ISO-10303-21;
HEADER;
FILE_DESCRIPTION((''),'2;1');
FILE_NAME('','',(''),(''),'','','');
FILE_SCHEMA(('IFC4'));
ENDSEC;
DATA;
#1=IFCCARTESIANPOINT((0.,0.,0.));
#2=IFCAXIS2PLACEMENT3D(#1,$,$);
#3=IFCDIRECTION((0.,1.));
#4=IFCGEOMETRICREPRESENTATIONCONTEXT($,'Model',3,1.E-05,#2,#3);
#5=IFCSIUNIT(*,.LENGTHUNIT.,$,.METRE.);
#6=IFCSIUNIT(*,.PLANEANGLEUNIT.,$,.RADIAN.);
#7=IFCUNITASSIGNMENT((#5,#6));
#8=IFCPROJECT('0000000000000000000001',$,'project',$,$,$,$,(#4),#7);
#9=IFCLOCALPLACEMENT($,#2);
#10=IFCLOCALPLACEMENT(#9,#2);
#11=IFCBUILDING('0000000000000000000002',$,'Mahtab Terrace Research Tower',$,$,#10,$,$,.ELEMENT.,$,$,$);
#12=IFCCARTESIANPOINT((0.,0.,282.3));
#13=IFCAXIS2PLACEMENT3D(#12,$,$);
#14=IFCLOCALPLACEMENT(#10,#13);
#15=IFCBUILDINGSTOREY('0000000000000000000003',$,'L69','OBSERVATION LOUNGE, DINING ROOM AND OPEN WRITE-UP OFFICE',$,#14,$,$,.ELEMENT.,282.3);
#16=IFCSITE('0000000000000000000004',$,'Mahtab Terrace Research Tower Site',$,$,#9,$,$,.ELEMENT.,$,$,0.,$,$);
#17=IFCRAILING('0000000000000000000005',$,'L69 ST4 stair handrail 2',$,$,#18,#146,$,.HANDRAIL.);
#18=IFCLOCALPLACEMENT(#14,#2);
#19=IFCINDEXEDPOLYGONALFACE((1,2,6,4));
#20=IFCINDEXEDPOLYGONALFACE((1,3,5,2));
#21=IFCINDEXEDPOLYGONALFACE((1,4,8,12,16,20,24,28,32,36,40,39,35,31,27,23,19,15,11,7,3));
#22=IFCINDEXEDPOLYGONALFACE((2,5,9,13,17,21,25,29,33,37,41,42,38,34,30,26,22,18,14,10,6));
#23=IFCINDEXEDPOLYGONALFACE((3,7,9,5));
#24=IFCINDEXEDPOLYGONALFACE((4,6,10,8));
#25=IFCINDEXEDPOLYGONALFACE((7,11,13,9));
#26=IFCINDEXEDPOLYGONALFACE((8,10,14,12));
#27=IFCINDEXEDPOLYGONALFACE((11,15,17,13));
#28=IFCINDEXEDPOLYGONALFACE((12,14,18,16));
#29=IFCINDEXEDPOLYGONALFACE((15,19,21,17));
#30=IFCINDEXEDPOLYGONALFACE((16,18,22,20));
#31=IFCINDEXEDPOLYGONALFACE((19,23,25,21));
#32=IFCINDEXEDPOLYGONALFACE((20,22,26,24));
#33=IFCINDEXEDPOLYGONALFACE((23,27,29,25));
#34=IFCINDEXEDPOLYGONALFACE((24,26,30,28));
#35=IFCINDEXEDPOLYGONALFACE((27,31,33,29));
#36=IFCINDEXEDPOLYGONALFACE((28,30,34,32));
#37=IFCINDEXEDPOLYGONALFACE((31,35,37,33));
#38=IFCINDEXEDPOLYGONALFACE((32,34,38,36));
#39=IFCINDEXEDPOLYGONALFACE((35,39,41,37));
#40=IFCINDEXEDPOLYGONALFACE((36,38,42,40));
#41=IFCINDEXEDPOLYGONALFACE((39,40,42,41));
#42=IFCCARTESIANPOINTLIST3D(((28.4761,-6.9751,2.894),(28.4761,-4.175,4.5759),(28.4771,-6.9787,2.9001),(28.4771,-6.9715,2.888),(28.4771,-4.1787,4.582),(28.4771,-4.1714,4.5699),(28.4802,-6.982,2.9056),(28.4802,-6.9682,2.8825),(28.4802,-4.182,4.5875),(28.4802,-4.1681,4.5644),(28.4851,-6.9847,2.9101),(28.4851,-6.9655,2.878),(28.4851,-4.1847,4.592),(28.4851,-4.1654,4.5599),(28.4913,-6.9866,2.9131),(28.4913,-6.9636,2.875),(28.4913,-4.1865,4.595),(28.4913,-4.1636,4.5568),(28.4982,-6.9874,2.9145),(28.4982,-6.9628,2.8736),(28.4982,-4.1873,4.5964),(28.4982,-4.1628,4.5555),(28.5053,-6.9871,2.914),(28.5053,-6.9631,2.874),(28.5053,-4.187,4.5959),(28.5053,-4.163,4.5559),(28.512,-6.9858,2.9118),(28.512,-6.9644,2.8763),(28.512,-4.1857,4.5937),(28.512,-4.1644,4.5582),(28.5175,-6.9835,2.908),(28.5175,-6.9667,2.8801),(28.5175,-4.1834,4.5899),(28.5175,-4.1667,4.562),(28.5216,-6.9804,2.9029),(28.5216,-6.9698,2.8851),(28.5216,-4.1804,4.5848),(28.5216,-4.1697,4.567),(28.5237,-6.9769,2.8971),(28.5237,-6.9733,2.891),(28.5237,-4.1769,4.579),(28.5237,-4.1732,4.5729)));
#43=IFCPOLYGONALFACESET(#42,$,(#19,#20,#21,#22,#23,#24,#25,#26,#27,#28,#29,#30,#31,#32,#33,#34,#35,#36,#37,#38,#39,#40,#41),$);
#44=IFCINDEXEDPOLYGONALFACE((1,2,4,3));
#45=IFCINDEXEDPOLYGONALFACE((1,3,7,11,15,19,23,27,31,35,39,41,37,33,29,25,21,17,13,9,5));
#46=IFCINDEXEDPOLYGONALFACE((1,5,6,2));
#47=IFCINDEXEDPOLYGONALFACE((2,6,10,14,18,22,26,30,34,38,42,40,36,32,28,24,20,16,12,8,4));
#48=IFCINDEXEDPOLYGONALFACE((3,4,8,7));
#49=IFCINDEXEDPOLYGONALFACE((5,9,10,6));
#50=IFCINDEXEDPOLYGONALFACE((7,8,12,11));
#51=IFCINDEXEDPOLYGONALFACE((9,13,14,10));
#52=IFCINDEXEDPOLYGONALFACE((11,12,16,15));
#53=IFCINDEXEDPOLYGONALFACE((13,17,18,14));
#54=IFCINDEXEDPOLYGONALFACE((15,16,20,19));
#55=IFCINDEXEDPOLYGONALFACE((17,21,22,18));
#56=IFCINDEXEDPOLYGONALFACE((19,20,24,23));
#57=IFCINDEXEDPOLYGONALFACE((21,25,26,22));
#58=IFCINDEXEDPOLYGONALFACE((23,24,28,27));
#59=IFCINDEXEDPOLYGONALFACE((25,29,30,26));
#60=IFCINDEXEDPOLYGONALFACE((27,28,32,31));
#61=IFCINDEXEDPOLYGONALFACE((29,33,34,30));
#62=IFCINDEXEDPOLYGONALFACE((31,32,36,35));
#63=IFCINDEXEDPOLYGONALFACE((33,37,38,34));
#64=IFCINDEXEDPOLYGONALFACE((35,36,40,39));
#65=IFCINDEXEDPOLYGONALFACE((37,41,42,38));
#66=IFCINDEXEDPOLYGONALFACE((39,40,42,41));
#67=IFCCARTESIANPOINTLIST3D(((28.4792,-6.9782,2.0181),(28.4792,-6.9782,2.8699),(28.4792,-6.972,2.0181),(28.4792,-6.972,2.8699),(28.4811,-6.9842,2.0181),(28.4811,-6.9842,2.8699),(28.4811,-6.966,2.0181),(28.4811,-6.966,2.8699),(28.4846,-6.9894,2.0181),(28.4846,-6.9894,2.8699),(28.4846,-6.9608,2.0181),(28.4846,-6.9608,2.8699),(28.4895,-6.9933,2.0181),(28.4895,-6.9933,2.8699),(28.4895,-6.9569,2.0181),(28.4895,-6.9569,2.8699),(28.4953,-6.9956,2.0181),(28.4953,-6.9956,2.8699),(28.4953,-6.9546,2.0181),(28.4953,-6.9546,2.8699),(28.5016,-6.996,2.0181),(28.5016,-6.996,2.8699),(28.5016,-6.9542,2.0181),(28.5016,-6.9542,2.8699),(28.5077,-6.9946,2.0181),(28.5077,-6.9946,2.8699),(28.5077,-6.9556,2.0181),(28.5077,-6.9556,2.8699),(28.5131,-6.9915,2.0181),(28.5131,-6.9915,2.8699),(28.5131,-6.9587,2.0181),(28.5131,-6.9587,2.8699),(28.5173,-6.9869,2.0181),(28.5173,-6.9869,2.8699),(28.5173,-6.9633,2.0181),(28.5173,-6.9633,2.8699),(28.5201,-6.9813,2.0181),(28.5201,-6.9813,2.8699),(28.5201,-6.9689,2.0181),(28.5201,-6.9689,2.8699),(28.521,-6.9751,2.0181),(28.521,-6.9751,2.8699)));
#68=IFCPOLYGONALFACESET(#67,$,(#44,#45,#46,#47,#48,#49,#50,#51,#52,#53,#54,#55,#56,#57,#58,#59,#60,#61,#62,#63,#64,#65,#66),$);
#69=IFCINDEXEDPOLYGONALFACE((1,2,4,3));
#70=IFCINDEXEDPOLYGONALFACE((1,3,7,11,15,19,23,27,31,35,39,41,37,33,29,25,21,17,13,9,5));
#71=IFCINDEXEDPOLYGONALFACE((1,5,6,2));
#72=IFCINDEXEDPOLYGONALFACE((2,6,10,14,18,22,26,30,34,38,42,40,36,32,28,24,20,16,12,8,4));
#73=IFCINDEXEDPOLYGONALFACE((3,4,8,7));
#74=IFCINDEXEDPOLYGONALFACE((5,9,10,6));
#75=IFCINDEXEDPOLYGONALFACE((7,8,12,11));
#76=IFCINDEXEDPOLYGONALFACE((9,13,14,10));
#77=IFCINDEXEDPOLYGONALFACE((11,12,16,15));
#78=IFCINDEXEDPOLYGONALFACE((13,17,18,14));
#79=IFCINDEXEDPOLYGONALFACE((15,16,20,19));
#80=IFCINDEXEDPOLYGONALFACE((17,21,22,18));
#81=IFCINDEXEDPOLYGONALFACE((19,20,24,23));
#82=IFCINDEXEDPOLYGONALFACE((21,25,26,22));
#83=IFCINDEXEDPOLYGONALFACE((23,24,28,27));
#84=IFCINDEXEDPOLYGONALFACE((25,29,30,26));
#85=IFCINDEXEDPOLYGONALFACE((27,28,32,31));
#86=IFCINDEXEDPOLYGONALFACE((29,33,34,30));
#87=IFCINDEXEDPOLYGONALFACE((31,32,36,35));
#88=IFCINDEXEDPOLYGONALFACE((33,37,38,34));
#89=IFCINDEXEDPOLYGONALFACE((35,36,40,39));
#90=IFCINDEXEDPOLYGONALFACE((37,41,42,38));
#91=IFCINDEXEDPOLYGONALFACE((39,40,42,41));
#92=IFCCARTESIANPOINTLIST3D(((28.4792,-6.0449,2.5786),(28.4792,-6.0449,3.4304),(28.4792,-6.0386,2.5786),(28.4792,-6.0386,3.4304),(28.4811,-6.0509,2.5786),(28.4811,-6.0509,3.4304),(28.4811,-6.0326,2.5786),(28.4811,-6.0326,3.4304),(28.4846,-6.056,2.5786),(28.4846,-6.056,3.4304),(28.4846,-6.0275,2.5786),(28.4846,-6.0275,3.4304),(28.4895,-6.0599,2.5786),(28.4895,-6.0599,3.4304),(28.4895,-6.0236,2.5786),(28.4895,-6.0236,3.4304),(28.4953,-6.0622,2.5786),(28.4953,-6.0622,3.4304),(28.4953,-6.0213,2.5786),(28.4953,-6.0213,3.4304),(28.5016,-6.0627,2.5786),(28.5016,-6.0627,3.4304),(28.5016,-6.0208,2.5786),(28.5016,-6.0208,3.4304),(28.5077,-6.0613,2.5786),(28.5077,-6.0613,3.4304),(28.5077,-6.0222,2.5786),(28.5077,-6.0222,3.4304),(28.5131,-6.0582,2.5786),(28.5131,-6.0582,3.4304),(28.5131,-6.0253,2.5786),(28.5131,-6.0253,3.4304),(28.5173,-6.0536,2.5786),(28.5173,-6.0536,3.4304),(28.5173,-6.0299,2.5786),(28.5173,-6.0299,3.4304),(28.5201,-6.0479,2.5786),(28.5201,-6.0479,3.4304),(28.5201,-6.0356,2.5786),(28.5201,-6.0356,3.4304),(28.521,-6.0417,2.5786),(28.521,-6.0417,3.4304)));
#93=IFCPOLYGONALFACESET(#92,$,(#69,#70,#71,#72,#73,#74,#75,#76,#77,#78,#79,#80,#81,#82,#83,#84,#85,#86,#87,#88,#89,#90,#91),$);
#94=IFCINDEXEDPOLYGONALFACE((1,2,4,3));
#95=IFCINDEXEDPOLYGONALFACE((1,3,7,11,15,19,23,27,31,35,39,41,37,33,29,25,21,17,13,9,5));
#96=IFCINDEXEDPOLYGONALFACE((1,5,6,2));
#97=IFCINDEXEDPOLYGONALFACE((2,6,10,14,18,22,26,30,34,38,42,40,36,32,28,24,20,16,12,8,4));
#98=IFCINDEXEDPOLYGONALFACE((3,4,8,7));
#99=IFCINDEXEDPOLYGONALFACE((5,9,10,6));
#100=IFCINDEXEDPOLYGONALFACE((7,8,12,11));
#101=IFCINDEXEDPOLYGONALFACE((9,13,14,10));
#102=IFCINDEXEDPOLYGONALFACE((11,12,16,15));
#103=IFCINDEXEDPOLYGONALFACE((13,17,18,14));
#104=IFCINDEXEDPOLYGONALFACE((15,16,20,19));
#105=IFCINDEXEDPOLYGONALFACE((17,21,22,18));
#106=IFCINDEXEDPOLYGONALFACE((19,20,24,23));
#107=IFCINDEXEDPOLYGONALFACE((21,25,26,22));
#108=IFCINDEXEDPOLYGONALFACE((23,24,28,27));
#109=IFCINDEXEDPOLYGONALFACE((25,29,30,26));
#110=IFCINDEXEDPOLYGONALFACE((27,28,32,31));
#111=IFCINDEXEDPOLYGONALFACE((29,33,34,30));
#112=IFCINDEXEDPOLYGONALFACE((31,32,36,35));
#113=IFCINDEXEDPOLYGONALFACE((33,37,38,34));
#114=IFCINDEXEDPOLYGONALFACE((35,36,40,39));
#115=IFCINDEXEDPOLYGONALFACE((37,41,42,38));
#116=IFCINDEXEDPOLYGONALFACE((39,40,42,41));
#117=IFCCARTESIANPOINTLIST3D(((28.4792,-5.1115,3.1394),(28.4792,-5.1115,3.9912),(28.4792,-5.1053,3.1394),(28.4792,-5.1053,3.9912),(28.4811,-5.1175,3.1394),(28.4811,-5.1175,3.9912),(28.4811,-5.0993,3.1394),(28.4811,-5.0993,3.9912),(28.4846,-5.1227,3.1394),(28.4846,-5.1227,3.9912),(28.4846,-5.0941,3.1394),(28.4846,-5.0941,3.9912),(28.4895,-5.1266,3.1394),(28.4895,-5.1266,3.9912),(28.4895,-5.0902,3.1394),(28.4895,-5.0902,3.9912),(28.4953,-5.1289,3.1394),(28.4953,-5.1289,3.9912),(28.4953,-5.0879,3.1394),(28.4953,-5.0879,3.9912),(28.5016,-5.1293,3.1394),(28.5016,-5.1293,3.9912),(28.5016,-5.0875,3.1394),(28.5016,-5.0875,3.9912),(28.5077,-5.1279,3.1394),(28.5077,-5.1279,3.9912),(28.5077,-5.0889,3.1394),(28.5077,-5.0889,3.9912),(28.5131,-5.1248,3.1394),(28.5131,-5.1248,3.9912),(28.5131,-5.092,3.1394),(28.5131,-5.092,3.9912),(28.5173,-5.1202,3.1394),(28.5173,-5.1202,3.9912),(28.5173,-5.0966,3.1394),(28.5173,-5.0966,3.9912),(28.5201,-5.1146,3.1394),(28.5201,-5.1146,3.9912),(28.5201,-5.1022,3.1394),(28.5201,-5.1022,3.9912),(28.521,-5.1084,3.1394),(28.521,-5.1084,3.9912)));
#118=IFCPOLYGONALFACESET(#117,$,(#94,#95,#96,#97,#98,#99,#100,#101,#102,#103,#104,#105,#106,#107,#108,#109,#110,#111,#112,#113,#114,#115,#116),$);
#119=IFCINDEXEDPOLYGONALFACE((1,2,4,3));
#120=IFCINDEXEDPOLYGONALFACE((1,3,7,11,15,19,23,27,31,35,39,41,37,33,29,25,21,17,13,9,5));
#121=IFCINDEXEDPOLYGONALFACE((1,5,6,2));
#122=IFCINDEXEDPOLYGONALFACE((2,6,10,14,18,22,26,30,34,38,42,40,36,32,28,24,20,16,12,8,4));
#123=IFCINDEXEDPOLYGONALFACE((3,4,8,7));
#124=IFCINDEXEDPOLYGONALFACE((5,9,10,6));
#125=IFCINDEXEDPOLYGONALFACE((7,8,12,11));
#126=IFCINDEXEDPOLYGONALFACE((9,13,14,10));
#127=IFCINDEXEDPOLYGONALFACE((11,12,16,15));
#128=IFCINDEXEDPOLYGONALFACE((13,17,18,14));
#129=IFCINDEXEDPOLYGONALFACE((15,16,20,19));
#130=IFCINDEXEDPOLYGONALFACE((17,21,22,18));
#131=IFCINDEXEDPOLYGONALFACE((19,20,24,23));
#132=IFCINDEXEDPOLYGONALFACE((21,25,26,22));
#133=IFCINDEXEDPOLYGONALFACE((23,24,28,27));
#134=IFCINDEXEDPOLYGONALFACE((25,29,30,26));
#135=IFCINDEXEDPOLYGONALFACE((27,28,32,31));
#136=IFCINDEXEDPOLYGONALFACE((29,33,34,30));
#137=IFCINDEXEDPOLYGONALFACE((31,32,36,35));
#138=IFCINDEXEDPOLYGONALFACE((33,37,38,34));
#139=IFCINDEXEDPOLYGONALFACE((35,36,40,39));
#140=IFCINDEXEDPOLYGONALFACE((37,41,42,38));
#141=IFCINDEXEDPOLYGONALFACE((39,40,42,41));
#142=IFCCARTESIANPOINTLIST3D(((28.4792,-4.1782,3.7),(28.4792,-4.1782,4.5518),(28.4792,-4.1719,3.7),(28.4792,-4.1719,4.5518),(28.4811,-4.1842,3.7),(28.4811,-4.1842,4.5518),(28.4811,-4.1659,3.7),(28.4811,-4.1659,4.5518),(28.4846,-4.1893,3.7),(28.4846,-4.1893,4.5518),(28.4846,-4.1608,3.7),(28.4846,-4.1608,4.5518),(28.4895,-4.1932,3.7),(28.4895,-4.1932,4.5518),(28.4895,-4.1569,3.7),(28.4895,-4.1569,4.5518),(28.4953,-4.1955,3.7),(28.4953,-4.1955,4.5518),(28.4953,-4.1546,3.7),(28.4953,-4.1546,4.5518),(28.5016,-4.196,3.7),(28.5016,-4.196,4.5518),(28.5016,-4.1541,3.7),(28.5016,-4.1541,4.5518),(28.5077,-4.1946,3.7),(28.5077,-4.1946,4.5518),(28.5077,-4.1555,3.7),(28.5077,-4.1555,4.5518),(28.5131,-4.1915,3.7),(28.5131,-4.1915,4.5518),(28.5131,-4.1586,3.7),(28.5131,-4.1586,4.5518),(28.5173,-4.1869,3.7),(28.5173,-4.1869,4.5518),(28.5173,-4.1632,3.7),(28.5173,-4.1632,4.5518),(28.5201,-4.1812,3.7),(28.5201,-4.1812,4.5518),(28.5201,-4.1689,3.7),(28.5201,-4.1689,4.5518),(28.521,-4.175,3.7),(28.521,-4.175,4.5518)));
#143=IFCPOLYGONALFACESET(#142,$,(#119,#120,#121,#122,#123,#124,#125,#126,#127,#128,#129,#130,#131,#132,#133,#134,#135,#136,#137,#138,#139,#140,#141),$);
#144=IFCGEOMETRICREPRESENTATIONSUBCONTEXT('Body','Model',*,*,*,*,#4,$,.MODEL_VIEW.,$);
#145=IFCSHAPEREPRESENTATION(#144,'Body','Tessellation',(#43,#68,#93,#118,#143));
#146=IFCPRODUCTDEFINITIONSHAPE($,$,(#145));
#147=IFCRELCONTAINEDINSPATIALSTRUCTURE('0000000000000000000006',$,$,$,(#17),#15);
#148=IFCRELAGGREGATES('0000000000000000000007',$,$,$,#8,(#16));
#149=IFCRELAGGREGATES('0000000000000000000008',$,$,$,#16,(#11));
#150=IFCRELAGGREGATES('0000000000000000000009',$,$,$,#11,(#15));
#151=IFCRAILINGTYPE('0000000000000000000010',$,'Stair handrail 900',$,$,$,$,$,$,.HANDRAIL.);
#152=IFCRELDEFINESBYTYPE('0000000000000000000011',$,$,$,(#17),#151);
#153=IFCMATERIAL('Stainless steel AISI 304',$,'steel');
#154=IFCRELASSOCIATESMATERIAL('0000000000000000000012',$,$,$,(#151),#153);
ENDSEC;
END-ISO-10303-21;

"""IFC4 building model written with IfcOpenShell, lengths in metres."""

from ifc_helpers import new_model, si_unit, direction, frame, origin, origin_2d, place, context, subcontext, project, spatial, circle, extrude, material, type_object, element, save


model = new_model("IFC4")

# Units and contexts
model_context = context("Model", 3, precision=1e-05, world=origin(), true_north=direction((0.0, 1.0)))
body_context = subcontext(model_context, "Body", "Model", "MODEL_VIEW")
ifc_project = project(units=[si_unit("LENGTHUNIT", "METRE"), si_unit("PLANEANGLEUNIT", "RADIAN")], contexts=[model_context])

# Site, building, storey
site_placement = place(None, origin())
site = spatial("IfcSite", under=ifc_project, at=site_placement, Name="Mahtab Terrace Research Tower Site", CompositionType="ELEMENT", RefElevation=0.0)
building_placement = place(site_placement, origin())
building = spatial("IfcBuilding", under=site, at=building_placement, Name="Mahtab Terrace Research Tower", CompositionType="ELEMENT")
storey_placement = place(building_placement, frame((0.0, 0.0, 282.3)))
storey = spatial("IfcBuildingStorey", under=building, at=storey_placement, Name="L69", Description="OBSERVATION LOUNGE, DINING ROOM AND OPEN WRITE-UP OFFICE", CompositionType="ELEMENT", Elevation=282.3)

# Railing
ifc_material_1 = material(Name="Stainless steel AISI 304", Category="steel")
railing_type_1 = type_object("IfcRailingType", Name="Stair handrail 900", PredefinedType="HANDRAIL", material=ifc_material_1)
railing_1_placement = place(storey_placement, frame((28.5, -6.9751, 2.0181)))
element("IfcRailing", 1, at=railing_1_placement, inside=storey, type_object=railing_type_1, Name="L69 ST4 stair handrail 2", PredefinedType="HANDRAIL", context=body_context, shape_type="SweptSolid", body=[
    extrude(circle(Radius=0.0239, at=origin_2d()), frame((0.0, 0.0, 0.876), z_axis=(0.0, 0.857242, 0.514913), x_axis=(-1.0, 0.0, 0.0)), (0.0, 0.0, 1.0), 3.2664),
    extrude(circle(Radius=0.021, at=origin_2d()), origin(), (0.0, 0.0, 1.0), 0.8518),
    extrude(circle(Radius=0.021, at=origin_2d()), frame((0.0, 0.9333, 0.5605)), (0.0, 0.0, 1.0), 0.8518),
    extrude(circle(Radius=0.021, at=origin_2d()), frame((0.0, 1.8667, 1.1213)), (0.0, 0.0, 1.0), 0.8518),
    extrude(circle(Radius=0.021, at=origin_2d()), frame((0.0, 2.8, 1.6819)), (0.0, 0.0, 1.0), 0.8518),
])

save(model, "model.ifc")
